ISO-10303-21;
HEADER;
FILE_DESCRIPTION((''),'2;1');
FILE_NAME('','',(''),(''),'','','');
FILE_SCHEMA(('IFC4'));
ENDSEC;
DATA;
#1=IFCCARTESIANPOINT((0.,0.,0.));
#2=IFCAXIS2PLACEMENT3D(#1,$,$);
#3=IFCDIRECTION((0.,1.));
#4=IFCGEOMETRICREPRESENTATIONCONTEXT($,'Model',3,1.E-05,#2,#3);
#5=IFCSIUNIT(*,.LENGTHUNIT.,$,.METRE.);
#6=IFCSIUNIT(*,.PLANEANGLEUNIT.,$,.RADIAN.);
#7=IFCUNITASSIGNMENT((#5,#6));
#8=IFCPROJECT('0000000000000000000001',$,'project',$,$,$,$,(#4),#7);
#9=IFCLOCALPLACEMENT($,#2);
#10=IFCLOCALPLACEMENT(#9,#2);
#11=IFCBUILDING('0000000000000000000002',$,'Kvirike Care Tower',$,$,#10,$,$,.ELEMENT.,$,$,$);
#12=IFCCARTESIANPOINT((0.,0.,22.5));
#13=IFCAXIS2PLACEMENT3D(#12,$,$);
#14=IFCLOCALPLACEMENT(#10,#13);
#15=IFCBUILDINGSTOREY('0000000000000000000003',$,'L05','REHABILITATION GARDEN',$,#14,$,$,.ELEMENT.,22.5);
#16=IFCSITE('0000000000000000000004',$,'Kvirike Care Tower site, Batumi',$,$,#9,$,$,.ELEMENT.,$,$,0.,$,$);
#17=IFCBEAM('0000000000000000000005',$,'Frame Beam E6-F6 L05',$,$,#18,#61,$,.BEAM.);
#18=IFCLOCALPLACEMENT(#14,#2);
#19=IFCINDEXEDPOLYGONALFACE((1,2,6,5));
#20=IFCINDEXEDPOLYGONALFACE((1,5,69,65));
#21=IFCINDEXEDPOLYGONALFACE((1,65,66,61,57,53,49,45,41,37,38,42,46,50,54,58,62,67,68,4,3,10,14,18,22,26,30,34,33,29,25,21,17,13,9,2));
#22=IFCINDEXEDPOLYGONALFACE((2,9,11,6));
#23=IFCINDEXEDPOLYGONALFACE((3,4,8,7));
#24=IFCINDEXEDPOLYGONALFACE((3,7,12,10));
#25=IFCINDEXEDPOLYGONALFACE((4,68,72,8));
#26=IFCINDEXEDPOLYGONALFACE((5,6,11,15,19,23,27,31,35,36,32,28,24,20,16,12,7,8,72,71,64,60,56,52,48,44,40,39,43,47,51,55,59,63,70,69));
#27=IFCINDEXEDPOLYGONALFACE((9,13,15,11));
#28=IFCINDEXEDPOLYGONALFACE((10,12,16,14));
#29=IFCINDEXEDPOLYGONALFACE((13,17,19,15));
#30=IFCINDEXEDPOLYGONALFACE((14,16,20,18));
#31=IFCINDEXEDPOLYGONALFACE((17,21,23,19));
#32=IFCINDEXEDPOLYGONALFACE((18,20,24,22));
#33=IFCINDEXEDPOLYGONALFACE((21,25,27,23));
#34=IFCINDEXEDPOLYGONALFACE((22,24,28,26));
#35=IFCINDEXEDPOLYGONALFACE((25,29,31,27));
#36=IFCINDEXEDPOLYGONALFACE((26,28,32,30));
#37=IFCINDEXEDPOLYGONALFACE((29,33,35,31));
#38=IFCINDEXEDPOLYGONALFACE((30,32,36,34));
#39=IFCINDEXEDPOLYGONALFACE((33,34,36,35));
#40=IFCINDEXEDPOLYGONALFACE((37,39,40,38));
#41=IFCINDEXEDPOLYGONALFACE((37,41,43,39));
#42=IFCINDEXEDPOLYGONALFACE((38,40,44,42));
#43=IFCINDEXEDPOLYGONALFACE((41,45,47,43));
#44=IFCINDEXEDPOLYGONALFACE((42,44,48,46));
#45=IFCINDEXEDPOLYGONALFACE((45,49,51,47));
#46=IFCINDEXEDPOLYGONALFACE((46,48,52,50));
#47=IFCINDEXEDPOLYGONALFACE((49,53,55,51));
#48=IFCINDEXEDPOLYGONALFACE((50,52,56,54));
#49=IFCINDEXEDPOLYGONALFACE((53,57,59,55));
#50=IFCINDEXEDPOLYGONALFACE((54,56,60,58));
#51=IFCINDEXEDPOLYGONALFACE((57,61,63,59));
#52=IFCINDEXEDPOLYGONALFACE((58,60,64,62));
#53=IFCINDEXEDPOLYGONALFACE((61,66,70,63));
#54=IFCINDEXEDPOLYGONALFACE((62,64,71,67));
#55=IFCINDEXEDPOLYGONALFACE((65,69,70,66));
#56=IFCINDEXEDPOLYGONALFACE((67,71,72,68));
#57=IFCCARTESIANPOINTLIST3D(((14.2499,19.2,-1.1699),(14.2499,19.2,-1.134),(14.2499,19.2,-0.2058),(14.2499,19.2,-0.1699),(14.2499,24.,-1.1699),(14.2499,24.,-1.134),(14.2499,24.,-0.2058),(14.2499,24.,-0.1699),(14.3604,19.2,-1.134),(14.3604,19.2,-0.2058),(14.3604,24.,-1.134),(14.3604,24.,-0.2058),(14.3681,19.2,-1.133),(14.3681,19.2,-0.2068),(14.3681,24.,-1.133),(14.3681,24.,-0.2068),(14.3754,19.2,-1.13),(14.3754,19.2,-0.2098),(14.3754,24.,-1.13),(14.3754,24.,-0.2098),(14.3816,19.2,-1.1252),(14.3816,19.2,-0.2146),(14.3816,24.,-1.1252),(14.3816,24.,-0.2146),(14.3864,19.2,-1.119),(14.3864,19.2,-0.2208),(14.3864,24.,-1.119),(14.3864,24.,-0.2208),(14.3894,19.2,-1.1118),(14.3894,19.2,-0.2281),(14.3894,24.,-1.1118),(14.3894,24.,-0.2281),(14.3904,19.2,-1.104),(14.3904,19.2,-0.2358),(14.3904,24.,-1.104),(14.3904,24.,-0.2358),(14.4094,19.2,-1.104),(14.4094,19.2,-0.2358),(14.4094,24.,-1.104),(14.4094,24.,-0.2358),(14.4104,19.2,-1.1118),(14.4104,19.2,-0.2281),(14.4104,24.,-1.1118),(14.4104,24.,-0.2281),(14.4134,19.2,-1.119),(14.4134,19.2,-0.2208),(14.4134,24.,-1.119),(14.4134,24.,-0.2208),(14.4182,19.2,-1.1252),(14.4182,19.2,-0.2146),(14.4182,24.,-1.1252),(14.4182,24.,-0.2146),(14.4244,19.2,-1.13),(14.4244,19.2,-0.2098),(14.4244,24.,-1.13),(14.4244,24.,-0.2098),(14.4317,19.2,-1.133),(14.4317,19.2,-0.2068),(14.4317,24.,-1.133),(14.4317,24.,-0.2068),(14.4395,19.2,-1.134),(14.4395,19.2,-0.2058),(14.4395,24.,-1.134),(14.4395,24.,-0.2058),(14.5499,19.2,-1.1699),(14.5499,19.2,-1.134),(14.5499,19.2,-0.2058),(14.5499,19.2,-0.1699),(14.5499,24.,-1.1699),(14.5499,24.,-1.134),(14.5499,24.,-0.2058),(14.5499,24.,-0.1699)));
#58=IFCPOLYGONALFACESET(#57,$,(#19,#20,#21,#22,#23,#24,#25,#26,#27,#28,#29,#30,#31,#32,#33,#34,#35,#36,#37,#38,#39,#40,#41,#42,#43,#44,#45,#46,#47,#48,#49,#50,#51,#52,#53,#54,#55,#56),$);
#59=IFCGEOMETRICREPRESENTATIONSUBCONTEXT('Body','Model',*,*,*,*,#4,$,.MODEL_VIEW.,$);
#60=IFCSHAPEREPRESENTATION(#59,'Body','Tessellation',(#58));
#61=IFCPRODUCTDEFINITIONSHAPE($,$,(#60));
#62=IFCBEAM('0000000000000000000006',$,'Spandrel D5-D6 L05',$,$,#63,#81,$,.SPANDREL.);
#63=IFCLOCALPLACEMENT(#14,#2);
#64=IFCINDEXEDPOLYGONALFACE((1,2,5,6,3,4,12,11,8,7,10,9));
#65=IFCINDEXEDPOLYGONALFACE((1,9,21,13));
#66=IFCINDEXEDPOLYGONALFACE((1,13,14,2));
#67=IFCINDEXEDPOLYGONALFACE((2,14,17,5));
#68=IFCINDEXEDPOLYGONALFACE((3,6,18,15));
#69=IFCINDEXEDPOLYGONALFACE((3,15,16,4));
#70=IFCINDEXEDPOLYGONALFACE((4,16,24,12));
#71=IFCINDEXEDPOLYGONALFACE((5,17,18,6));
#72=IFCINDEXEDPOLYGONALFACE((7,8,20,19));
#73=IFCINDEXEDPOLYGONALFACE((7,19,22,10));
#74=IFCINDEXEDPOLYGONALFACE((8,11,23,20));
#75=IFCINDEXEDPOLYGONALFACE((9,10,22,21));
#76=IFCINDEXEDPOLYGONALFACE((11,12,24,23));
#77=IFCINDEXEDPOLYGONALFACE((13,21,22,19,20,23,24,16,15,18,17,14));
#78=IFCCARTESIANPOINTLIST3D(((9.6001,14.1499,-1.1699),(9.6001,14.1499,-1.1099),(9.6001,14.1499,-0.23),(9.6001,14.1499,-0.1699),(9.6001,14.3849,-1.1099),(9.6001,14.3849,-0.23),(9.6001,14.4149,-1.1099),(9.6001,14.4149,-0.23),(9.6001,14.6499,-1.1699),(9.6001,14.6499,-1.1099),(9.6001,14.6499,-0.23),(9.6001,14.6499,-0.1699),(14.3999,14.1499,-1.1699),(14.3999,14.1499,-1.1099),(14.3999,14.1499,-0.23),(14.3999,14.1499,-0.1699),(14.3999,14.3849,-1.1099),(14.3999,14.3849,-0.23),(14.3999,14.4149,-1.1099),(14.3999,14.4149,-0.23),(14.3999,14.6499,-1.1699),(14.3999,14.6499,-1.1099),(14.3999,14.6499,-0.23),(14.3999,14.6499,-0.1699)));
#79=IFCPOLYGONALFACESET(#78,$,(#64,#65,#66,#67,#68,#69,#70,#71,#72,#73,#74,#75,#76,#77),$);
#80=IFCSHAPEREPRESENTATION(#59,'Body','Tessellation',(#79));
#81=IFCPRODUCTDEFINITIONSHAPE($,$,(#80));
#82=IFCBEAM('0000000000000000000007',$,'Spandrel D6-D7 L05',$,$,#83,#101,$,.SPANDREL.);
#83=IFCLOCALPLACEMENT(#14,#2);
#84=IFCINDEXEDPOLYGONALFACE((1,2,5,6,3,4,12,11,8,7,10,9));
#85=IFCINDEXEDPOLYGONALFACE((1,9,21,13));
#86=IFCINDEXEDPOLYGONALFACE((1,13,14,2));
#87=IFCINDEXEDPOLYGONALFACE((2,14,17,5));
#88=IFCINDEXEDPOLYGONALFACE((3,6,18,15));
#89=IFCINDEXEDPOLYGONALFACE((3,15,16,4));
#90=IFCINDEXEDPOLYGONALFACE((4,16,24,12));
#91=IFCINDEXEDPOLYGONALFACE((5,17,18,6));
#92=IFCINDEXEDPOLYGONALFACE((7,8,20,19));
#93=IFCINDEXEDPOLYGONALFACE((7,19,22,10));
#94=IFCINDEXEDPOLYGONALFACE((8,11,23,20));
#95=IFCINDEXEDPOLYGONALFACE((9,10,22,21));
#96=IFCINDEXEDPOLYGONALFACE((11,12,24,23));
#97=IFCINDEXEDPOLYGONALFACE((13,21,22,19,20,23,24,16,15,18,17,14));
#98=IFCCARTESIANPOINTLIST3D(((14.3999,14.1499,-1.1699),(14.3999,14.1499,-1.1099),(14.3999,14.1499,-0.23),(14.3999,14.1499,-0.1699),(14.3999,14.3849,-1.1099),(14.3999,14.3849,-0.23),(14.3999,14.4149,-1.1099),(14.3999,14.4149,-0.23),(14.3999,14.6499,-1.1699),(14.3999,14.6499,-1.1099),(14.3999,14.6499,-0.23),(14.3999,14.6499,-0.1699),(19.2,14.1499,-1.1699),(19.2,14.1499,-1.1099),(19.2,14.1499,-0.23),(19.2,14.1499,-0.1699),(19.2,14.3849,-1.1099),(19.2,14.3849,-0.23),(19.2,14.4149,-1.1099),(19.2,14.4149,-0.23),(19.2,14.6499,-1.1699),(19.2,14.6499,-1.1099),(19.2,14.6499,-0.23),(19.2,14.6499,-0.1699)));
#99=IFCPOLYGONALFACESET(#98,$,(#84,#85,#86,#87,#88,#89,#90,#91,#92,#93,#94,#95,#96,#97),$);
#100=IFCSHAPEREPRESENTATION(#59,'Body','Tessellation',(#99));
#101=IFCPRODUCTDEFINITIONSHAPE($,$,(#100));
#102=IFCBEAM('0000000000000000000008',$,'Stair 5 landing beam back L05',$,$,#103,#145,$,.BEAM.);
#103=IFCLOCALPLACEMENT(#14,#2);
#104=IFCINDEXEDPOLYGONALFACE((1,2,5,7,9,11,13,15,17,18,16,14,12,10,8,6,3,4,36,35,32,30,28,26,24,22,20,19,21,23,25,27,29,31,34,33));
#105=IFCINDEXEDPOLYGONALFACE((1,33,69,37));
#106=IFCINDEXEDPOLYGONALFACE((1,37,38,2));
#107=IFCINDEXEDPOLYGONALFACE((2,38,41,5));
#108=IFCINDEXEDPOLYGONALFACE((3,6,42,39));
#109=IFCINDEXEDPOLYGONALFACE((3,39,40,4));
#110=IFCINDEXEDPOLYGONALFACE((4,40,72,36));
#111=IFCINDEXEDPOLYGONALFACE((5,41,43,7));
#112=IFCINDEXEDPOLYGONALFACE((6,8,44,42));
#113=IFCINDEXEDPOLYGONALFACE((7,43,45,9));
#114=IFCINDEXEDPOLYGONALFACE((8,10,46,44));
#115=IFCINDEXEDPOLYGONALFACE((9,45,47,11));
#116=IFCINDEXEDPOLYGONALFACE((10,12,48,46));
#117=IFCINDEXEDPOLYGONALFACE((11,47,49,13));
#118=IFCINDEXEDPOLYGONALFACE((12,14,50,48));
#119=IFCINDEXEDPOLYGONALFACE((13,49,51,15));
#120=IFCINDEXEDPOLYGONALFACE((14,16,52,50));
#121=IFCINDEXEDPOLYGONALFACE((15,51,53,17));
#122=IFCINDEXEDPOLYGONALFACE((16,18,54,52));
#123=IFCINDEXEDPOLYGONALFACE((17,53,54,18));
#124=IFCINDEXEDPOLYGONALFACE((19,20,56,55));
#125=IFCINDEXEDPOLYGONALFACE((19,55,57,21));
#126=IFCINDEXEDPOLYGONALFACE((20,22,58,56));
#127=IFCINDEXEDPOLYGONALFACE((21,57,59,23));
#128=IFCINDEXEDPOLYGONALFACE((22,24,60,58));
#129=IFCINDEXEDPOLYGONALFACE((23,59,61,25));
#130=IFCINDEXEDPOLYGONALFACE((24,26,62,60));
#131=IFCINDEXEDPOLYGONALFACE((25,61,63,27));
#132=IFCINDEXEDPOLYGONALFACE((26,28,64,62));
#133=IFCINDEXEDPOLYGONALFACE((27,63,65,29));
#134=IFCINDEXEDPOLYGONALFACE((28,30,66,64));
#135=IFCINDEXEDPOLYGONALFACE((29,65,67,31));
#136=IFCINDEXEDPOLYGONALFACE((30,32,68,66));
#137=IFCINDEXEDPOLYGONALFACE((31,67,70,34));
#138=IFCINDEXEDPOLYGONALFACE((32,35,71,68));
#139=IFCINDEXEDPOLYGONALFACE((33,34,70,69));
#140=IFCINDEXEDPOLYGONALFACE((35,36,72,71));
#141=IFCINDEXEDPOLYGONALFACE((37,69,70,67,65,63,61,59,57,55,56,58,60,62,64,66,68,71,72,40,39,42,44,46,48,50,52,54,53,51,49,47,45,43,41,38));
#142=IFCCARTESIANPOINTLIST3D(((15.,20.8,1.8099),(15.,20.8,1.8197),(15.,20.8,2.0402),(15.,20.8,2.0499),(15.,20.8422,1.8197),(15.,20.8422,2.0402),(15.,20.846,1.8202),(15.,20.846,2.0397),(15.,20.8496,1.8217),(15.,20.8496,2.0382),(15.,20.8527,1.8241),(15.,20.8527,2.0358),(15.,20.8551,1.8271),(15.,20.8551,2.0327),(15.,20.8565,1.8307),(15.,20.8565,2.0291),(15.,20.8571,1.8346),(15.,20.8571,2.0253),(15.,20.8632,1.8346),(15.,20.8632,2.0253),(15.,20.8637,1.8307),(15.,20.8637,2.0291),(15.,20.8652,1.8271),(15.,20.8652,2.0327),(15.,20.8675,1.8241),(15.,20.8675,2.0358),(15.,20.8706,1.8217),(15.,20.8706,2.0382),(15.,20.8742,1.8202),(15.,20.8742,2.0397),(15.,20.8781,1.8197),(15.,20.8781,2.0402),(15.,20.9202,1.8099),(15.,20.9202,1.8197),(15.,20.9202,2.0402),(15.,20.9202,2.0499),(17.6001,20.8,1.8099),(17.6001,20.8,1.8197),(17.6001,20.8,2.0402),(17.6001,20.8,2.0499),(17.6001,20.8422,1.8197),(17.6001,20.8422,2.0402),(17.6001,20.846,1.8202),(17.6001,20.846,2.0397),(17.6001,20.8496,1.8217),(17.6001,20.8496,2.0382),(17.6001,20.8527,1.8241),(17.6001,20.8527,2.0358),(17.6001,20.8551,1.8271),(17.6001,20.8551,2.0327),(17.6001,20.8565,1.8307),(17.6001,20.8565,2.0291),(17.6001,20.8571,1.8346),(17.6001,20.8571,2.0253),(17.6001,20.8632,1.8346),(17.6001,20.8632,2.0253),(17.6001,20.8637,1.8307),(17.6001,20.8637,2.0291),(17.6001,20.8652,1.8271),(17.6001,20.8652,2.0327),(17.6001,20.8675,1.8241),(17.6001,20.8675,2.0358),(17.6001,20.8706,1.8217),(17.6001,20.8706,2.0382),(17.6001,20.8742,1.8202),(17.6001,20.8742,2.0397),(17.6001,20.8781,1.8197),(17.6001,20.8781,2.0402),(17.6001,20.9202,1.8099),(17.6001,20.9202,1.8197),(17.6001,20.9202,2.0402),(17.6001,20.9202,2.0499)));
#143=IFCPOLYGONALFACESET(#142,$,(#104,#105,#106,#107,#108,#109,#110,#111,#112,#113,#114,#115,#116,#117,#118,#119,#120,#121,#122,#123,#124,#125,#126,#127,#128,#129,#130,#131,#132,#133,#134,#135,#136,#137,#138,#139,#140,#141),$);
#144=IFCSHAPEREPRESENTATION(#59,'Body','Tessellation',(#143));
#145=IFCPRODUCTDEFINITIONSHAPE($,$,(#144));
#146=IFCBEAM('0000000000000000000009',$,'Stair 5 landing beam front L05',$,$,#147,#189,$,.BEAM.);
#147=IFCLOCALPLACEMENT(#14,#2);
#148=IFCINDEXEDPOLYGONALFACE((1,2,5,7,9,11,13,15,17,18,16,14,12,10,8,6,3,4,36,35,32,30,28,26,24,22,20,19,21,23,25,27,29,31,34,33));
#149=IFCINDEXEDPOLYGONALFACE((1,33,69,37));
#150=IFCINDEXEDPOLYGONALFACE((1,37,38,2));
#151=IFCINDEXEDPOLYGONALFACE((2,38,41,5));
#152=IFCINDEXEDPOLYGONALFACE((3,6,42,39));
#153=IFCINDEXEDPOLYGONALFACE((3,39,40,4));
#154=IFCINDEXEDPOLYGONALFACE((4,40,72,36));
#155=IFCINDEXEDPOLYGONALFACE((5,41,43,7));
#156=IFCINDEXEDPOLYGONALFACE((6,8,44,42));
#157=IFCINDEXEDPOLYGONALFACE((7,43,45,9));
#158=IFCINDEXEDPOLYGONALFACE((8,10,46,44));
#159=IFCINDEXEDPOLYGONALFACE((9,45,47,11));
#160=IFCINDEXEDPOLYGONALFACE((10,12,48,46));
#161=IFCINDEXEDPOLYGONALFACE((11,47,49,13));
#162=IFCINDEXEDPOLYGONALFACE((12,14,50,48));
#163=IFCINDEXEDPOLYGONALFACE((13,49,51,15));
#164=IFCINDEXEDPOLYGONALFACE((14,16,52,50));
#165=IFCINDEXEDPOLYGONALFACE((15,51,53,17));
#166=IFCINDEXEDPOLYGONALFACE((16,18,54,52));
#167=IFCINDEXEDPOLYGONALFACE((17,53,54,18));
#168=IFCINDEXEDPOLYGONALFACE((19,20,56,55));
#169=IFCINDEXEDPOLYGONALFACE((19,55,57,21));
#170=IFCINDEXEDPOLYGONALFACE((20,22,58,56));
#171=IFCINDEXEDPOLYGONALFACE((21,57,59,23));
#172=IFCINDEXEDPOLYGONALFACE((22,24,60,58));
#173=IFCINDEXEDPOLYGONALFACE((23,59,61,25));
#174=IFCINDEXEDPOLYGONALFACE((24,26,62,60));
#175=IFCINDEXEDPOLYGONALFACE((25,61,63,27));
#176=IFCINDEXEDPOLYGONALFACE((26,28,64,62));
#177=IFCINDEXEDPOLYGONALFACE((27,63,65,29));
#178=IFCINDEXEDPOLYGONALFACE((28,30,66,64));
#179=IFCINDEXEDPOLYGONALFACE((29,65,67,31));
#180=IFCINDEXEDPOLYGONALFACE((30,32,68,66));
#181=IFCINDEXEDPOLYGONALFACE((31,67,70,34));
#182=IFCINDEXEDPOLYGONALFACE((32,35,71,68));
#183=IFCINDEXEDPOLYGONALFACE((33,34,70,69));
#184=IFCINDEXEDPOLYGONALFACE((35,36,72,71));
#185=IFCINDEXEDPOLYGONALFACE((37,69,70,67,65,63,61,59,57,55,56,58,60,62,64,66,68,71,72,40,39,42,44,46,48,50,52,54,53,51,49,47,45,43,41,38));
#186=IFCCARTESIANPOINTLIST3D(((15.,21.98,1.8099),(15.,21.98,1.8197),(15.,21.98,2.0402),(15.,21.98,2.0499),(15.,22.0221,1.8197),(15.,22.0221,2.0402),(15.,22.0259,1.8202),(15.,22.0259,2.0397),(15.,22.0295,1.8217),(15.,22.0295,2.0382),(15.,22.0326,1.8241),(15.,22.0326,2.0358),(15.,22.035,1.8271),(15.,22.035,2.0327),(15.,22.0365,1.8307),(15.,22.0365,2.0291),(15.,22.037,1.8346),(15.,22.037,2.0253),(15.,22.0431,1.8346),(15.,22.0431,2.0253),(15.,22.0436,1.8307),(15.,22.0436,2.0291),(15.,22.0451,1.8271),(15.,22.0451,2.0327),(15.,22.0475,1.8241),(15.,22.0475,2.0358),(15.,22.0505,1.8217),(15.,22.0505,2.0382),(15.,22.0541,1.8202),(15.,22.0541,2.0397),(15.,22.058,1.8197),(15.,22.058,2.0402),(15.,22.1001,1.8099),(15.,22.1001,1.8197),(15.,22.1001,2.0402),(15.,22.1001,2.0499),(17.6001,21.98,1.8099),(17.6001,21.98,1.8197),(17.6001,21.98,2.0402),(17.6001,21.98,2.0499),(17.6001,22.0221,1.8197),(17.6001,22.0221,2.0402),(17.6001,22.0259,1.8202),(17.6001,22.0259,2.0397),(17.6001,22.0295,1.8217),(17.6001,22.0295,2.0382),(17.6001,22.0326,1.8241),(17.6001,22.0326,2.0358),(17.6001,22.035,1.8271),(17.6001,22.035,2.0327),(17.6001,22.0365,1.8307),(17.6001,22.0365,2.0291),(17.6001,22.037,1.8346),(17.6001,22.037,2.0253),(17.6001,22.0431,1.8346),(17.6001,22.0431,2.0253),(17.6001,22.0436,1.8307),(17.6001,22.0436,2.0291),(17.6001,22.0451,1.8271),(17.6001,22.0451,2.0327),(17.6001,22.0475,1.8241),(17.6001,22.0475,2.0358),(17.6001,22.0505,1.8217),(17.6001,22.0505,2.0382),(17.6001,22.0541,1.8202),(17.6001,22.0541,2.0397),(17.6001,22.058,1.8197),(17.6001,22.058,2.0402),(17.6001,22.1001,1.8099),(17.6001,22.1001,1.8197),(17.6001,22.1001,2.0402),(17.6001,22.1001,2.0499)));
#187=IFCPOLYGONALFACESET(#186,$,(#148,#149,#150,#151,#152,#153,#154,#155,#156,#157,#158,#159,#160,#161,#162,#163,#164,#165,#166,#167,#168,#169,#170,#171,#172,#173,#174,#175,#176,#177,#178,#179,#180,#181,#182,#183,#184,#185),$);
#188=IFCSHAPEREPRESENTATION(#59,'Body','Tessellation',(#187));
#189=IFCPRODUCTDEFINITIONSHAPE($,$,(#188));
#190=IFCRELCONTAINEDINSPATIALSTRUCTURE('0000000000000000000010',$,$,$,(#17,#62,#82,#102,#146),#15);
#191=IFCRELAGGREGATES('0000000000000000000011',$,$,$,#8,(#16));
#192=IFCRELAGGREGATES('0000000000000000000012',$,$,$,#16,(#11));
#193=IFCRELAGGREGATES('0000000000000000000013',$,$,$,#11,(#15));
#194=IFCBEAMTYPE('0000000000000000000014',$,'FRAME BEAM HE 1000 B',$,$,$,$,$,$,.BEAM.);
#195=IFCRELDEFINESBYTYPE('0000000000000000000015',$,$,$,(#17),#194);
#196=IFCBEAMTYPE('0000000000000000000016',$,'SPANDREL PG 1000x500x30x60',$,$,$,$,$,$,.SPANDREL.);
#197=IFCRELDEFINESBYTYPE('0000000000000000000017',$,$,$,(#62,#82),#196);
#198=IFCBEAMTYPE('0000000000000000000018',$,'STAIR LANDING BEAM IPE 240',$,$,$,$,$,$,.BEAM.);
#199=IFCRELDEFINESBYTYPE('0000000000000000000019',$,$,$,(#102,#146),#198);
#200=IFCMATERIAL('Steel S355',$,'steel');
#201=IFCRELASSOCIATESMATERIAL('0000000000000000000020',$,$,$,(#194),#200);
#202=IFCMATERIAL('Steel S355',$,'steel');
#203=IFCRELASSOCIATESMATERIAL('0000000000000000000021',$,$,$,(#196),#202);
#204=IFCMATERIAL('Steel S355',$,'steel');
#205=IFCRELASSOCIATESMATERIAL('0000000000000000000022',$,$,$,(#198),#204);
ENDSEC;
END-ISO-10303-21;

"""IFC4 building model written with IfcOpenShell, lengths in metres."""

from ifc_helpers import new_model, si_unit, direction, frame, origin, origin_2d, place, context, subcontext, project, spatial, i_section, extrude, material, material_profile, profile_set, type_object, element, save


model = new_model("IFC4")

# Units and contexts
model_context = context("Model", 3, precision=1e-05, world=origin(), true_north=direction((0.0, 1.0)))
body_context = subcontext(model_context, "Body", "Model", "MODEL_VIEW")
ifc_project = project(units=[si_unit("LENGTHUNIT", "METRE"), si_unit("PLANEANGLEUNIT", "RADIAN")], contexts=[model_context])

# Site, building, storey
site_placement = place(None, origin())
site = spatial("IfcSite", under=ifc_project, at=site_placement, Name="Kvirike Care Tower site, Batumi", CompositionType="ELEMENT", RefElevation=0.0)
building_placement = place(site_placement, origin())
building = spatial("IfcBuilding", under=site, at=building_placement, Name="Kvirike Care Tower", CompositionType="ELEMENT")
storey_placement = place(building_placement, frame((0.0, 0.0, 22.5)))
storey = spatial("IfcBuildingStorey", under=building, at=storey_placement, Name="L05", Description="REHABILITATION GARDEN", CompositionType="ELEMENT", Elevation=22.5)

# Beams
ifc_material_1 = material(Name="Steel S355", Category="steel")
ifc_material_profile_1 = material_profile(ifc_material_1, i_section(OverallWidth=0.3, OverallDepth=1.0, WebThickness=0.019, FlangeThickness=0.0359, FilletRadius=0.03, at=origin_2d()), Name="HE 1000 B")
ifc_profile_set_1 = profile_set([ifc_material_profile_1], Name="Steel S355")
beam_type_1 = type_object("IfcBeamType", Name="FRAME BEAM HE 1000 B", PredefinedType="BEAM", material=ifc_profile_set_1)
for number, where, z_axis, x_axis, name in (
    (1, (14.3999, 19.2, -0.6699), (0.0, 1.0, 0.0), (-1.0, 0.0, 0.0), "Frame Beam E6-F6 L05"),
):
    element("IfcBeam", number, at=place(storey_placement, frame(where, z_axis=z_axis, x_axis=x_axis)), inside=storey, type_object=beam_type_1, Name=name, PredefinedType="BEAM", context=body_context, shape_type="SweptSolid", body=[
        extrude(i_section(OverallWidth=0.3, OverallDepth=1.0, WebThickness=0.019, FlangeThickness=0.0359, FilletRadius=0.03, at=origin_2d()), origin(), (0.0, 0.0, 1.0), 4.8),
    ])
ifc_material_2 = material(Name="Steel S355", Category="steel")
ifc_material_profile_2 = material_profile(ifc_material_2, i_section(OverallWidth=0.5, OverallDepth=1.0, WebThickness=0.03, FlangeThickness=0.0601, at=origin_2d()), Name="PG 1000x500x30x60")
ifc_profile_set_2 = profile_set([ifc_material_profile_2], Name="Steel S355")
beam_type_2 = type_object("IfcBeamType", Name="SPANDREL PG 1000x500x30x60", PredefinedType="SPANDREL", material=ifc_profile_set_2)
beam_1_placement = place(storey_placement, frame((9.6001, 14.3999, -0.6699), z_axis=(1.0, 0.0, 0.0), x_axis=(0.0, 1.0, 0.0)))
element("IfcBeam", 2, at=beam_1_placement, inside=storey, type_object=beam_type_2, Name="Spandrel D5-D6 L05", PredefinedType="SPANDREL", context=body_context, shape_type="SweptSolid", body=[
    extrude(i_section(OverallWidth=0.5, OverallDepth=1.0, WebThickness=0.03, FlangeThickness=0.0601, at=origin_2d()), origin(), (0.0, 0.0, 1.0), 4.7998),
])
beam_2_placement = place(storey_placement, frame((14.3999, 14.3999, -0.6699), z_axis=(1.0, 0.0, 0.0), x_axis=(0.0, 1.0, 0.0)))
element("IfcBeam", 3, at=beam_2_placement, inside=storey, type_object=beam_type_2, Name="Spandrel D6-D7 L05", PredefinedType="SPANDREL", context=body_context, shape_type="SweptSolid", body=[
    extrude(i_section(OverallWidth=0.5, OverallDepth=1.0, WebThickness=0.03, FlangeThickness=0.0601, at=origin_2d()), origin(), (0.0, 0.0, 1.0), 4.8),
])
ifc_material_3 = material(Name="Steel S355", Category="steel")
ifc_material_profile_3 = material_profile(ifc_material_3, i_section(OverallWidth=0.1201, OverallDepth=0.24, WebThickness=0.0061, FlangeThickness=0.0098, FilletRadius=0.0149, at=origin_2d()), Name="IPE 240")
ifc_profile_set_3 = profile_set([ifc_material_profile_3], Name="Steel S355")
beam_type_3 = type_object("IfcBeamType", Name="STAIR LANDING BEAM IPE 240", PredefinedType="BEAM", material=ifc_profile_set_3)
for number, where, z_axis, x_axis, name in (
    (4, (15.0, 20.8601, 1.9299), (1.0, 0.0, 0.0), (0.0, 1.0, 0.0), "Stair 5 landing beam back L05"),
    (5, (15.0, 22.04, 1.9299), (1.0, 0.0, 0.0), (0.0, 1.0, 0.0), "Stair 5 landing beam front L05"),
):
    element("IfcBeam", number, at=place(storey_placement, frame(where, z_axis=z_axis, x_axis=x_axis)), inside=storey, type_object=beam_type_3, Name=name, PredefinedType="BEAM", context=body_context, shape_type="SweptSolid", body=[
        extrude(i_section(OverallWidth=0.1201, OverallDepth=0.24, WebThickness=0.0061, FlangeThickness=0.0098, FilletRadius=0.0149, at=origin_2d()), origin(), (0.0, 0.0, 1.0), 2.6001),
    ])

save(model, "model.ifc")
